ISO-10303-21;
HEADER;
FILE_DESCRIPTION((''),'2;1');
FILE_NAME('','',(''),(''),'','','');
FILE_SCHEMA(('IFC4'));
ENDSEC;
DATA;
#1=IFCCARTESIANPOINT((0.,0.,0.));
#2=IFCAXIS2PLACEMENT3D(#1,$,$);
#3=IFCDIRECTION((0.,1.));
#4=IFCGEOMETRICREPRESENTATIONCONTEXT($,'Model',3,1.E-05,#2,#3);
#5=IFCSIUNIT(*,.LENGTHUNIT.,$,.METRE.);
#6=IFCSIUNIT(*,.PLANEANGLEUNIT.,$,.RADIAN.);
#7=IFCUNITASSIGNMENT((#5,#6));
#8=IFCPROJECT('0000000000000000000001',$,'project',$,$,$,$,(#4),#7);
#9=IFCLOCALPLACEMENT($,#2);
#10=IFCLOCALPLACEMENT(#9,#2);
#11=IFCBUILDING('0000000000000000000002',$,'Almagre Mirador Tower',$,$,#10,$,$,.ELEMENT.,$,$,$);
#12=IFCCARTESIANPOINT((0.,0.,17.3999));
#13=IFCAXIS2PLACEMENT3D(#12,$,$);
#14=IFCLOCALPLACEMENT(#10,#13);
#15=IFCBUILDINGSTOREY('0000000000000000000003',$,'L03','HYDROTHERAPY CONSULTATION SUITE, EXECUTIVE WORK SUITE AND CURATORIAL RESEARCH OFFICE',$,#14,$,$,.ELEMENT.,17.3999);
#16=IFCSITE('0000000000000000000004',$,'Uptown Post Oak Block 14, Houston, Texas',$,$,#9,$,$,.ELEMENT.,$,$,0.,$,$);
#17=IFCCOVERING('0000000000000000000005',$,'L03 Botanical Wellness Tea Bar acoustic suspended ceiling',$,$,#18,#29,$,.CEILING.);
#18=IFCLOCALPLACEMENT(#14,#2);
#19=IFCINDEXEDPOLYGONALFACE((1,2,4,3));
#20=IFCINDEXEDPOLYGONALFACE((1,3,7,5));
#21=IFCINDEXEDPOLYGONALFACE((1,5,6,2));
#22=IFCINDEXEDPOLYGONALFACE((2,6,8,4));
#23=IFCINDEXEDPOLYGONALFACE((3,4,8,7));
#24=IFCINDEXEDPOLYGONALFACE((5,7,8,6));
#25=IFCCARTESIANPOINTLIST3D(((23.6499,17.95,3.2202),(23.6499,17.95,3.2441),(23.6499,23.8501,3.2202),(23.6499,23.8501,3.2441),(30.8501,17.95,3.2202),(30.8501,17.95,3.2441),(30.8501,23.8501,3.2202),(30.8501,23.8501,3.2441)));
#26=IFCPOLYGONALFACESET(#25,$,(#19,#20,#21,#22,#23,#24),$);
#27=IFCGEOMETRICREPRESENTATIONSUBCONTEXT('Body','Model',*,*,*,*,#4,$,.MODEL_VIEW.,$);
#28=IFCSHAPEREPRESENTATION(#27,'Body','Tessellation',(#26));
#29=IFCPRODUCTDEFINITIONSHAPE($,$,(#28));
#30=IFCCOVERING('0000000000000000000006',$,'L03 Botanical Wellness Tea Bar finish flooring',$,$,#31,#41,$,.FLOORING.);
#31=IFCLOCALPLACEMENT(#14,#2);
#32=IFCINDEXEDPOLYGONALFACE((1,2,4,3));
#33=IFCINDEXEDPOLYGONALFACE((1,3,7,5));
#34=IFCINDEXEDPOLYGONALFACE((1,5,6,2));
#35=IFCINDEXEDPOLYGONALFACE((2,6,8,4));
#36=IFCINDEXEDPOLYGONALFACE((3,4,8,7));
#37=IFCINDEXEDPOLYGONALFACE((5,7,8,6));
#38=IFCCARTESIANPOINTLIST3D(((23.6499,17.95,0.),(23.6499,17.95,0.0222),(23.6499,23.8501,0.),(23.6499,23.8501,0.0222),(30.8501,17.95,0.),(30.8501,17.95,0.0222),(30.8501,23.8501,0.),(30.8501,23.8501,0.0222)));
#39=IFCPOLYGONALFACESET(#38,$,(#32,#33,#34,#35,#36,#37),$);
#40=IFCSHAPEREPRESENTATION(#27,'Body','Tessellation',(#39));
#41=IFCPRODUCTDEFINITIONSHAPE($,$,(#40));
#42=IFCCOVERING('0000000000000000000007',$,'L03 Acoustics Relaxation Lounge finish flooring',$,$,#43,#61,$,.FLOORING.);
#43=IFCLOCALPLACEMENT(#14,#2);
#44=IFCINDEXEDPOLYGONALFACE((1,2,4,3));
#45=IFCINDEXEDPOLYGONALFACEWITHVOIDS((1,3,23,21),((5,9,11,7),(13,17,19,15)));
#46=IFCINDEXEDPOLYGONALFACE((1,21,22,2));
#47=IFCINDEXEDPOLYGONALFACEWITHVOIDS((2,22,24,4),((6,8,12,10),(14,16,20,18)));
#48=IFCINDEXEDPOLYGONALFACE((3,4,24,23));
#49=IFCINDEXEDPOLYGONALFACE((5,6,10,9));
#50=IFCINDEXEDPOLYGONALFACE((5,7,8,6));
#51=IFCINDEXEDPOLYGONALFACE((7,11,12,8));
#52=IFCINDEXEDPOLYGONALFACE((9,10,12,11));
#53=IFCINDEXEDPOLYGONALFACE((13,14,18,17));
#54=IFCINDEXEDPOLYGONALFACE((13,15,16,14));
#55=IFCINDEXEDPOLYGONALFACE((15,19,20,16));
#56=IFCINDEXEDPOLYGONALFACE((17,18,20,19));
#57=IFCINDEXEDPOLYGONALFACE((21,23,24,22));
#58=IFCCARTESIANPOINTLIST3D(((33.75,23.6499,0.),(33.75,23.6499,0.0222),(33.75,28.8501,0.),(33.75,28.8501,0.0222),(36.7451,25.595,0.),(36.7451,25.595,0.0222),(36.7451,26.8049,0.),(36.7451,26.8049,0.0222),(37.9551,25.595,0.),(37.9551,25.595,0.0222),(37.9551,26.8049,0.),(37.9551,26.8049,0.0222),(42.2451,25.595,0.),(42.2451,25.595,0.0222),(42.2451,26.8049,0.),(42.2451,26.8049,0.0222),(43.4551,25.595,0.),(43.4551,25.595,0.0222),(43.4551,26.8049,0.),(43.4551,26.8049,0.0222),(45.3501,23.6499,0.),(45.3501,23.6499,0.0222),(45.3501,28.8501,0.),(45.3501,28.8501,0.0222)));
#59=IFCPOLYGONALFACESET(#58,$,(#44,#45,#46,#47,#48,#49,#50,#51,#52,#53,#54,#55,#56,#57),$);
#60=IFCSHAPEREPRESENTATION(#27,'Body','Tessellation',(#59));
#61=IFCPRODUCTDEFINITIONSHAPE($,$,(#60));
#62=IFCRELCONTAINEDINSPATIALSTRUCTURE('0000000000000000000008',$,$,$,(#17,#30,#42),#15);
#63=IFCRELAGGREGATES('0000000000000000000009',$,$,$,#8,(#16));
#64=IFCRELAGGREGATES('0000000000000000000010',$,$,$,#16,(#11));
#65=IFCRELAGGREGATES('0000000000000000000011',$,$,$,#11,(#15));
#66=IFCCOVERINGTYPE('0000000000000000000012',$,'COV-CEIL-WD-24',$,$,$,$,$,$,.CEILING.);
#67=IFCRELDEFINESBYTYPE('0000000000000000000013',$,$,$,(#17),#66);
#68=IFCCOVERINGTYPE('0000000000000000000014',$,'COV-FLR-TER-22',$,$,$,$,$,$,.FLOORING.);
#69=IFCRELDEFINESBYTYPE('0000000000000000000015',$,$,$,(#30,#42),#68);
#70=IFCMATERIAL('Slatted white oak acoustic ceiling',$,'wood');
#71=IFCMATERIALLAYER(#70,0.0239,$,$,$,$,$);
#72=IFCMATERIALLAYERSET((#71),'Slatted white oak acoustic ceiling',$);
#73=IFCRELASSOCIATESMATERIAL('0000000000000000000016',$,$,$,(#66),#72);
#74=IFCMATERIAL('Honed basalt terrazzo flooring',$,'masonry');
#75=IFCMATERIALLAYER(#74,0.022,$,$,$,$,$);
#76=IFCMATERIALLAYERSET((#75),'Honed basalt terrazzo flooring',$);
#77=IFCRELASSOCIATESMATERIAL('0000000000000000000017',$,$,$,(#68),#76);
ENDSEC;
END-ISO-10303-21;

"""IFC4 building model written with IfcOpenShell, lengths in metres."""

from ifc_helpers import new_model, si_unit, direction, frame, origin, place, context, subcontext, project, spatial, polyline, outline, extrude, material, layer, layer_set, type_object, element, save


model = new_model("IFC4")

# Units and contexts
model_context = context("Model", 3, precision=1e-05, world=origin(), true_north=direction((0.0, 1.0)))
body_context = subcontext(model_context, "Body", "Model", "MODEL_VIEW")
ifc_project = project(units=[si_unit("LENGTHUNIT", "METRE"), si_unit("PLANEANGLEUNIT", "RADIAN")], contexts=[model_context])

# Site, building, storey
site_placement = place(None, origin())
site = spatial("IfcSite", under=ifc_project, at=site_placement, Name="Uptown Post Oak Block 14, Houston, Texas", CompositionType="ELEMENT", RefElevation=0.0)
building_placement = place(site_placement, origin())
building = spatial("IfcBuilding", under=site, at=building_placement, Name="Almagre Mirador Tower", CompositionType="ELEMENT")
storey_placement = place(building_placement, frame((0.0, 0.0, 17.3999)))
storey = spatial("IfcBuildingStorey", under=building, at=storey_placement, Name="L03", Description="HYDROTHERAPY CONSULTATION SUITE, EXECUTIVE WORK SUITE AND CURATORIAL RESEARCH OFFICE", CompositionType="ELEMENT", Elevation=17.3999)

# Coverings
ifc_material_1 = material(Name="Slatted white oak acoustic ceiling", Category="wood")
ifc_layer_1 = layer(ifc_material_1, 0.0239)
ifc_layer_set_1 = layer_set([ifc_layer_1], Name="Slatted white oak acoustic ceiling")
covering_type_1 = type_object("IfcCoveringType", Name="COV-CEIL-WD-24", PredefinedType="CEILING", material=ifc_layer_set_1)
covering_1_placement = place(storey_placement, frame((0.0, 0.0, 3.2202)))
element("IfcCovering", 1, at=covering_1_placement, inside=storey, type_object=covering_type_1, Name="L03 Botanical Wellness Tea Bar acoustic suspended ceiling", PredefinedType="CEILING", context=body_context, shape_type="SweptSolid", body=[
    extrude(outline(polyline([(23.6499, 17.95), (23.6499, 23.8501), (30.8501, 23.8501), (30.8501, 17.95), (23.6499, 17.95)])), origin(), (0.0, 0.0, 1.0), 0.0239),
])
ifc_material_2 = material(Name="Honed basalt terrazzo flooring", Category="masonry")
ifc_layer_2 = layer(ifc_material_2, 0.022)
ifc_layer_set_2 = layer_set([ifc_layer_2], Name="Honed basalt terrazzo flooring")
covering_type_2 = type_object("IfcCoveringType", Name="COV-FLR-TER-22", PredefinedType="FLOORING", material=ifc_layer_set_2)
covering_2_placement = place(storey_placement, origin())
element("IfcCovering", 2, at=covering_2_placement, inside=storey, type_object=covering_type_2, Name="L03 Botanical Wellness Tea Bar finish flooring", PredefinedType="FLOORING", context=body_context, shape_type="SweptSolid", body=[
    extrude(outline(polyline([(23.6499, 17.95), (23.6499, 23.8501), (30.8501, 23.8501), (30.8501, 17.95), (23.6499, 17.95)])), origin(), (0.0, 0.0, 1.0), 0.0222),
])
covering_3_placement = place(storey_placement, origin())
element("IfcCovering", 3, at=covering_3_placement, inside=storey, type_object=covering_type_2, Name="L03 Acoustics Relaxation Lounge finish flooring", PredefinedType="FLOORING", context=body_context, shape_type="SweptSolid", body=[
    extrude(outline(polyline([(45.3501, 28.8501), (45.3501, 23.6499), (33.75, 23.6499), (33.75, 28.8501), (45.3501, 28.8501)]), holes=[polyline([(36.7451, 25.595), (36.7451, 26.8049), (37.9551, 26.8049), (37.9551, 25.595), (36.7451, 25.595)]), polyline([(42.2451, 25.595), (42.2451, 26.8049), (43.4551, 26.8049), (43.4551, 25.595), (42.2451, 25.595)])]), origin(), (0.0, 0.0, 1.0), 0.0222),
])

save(model, "model.ifc")
